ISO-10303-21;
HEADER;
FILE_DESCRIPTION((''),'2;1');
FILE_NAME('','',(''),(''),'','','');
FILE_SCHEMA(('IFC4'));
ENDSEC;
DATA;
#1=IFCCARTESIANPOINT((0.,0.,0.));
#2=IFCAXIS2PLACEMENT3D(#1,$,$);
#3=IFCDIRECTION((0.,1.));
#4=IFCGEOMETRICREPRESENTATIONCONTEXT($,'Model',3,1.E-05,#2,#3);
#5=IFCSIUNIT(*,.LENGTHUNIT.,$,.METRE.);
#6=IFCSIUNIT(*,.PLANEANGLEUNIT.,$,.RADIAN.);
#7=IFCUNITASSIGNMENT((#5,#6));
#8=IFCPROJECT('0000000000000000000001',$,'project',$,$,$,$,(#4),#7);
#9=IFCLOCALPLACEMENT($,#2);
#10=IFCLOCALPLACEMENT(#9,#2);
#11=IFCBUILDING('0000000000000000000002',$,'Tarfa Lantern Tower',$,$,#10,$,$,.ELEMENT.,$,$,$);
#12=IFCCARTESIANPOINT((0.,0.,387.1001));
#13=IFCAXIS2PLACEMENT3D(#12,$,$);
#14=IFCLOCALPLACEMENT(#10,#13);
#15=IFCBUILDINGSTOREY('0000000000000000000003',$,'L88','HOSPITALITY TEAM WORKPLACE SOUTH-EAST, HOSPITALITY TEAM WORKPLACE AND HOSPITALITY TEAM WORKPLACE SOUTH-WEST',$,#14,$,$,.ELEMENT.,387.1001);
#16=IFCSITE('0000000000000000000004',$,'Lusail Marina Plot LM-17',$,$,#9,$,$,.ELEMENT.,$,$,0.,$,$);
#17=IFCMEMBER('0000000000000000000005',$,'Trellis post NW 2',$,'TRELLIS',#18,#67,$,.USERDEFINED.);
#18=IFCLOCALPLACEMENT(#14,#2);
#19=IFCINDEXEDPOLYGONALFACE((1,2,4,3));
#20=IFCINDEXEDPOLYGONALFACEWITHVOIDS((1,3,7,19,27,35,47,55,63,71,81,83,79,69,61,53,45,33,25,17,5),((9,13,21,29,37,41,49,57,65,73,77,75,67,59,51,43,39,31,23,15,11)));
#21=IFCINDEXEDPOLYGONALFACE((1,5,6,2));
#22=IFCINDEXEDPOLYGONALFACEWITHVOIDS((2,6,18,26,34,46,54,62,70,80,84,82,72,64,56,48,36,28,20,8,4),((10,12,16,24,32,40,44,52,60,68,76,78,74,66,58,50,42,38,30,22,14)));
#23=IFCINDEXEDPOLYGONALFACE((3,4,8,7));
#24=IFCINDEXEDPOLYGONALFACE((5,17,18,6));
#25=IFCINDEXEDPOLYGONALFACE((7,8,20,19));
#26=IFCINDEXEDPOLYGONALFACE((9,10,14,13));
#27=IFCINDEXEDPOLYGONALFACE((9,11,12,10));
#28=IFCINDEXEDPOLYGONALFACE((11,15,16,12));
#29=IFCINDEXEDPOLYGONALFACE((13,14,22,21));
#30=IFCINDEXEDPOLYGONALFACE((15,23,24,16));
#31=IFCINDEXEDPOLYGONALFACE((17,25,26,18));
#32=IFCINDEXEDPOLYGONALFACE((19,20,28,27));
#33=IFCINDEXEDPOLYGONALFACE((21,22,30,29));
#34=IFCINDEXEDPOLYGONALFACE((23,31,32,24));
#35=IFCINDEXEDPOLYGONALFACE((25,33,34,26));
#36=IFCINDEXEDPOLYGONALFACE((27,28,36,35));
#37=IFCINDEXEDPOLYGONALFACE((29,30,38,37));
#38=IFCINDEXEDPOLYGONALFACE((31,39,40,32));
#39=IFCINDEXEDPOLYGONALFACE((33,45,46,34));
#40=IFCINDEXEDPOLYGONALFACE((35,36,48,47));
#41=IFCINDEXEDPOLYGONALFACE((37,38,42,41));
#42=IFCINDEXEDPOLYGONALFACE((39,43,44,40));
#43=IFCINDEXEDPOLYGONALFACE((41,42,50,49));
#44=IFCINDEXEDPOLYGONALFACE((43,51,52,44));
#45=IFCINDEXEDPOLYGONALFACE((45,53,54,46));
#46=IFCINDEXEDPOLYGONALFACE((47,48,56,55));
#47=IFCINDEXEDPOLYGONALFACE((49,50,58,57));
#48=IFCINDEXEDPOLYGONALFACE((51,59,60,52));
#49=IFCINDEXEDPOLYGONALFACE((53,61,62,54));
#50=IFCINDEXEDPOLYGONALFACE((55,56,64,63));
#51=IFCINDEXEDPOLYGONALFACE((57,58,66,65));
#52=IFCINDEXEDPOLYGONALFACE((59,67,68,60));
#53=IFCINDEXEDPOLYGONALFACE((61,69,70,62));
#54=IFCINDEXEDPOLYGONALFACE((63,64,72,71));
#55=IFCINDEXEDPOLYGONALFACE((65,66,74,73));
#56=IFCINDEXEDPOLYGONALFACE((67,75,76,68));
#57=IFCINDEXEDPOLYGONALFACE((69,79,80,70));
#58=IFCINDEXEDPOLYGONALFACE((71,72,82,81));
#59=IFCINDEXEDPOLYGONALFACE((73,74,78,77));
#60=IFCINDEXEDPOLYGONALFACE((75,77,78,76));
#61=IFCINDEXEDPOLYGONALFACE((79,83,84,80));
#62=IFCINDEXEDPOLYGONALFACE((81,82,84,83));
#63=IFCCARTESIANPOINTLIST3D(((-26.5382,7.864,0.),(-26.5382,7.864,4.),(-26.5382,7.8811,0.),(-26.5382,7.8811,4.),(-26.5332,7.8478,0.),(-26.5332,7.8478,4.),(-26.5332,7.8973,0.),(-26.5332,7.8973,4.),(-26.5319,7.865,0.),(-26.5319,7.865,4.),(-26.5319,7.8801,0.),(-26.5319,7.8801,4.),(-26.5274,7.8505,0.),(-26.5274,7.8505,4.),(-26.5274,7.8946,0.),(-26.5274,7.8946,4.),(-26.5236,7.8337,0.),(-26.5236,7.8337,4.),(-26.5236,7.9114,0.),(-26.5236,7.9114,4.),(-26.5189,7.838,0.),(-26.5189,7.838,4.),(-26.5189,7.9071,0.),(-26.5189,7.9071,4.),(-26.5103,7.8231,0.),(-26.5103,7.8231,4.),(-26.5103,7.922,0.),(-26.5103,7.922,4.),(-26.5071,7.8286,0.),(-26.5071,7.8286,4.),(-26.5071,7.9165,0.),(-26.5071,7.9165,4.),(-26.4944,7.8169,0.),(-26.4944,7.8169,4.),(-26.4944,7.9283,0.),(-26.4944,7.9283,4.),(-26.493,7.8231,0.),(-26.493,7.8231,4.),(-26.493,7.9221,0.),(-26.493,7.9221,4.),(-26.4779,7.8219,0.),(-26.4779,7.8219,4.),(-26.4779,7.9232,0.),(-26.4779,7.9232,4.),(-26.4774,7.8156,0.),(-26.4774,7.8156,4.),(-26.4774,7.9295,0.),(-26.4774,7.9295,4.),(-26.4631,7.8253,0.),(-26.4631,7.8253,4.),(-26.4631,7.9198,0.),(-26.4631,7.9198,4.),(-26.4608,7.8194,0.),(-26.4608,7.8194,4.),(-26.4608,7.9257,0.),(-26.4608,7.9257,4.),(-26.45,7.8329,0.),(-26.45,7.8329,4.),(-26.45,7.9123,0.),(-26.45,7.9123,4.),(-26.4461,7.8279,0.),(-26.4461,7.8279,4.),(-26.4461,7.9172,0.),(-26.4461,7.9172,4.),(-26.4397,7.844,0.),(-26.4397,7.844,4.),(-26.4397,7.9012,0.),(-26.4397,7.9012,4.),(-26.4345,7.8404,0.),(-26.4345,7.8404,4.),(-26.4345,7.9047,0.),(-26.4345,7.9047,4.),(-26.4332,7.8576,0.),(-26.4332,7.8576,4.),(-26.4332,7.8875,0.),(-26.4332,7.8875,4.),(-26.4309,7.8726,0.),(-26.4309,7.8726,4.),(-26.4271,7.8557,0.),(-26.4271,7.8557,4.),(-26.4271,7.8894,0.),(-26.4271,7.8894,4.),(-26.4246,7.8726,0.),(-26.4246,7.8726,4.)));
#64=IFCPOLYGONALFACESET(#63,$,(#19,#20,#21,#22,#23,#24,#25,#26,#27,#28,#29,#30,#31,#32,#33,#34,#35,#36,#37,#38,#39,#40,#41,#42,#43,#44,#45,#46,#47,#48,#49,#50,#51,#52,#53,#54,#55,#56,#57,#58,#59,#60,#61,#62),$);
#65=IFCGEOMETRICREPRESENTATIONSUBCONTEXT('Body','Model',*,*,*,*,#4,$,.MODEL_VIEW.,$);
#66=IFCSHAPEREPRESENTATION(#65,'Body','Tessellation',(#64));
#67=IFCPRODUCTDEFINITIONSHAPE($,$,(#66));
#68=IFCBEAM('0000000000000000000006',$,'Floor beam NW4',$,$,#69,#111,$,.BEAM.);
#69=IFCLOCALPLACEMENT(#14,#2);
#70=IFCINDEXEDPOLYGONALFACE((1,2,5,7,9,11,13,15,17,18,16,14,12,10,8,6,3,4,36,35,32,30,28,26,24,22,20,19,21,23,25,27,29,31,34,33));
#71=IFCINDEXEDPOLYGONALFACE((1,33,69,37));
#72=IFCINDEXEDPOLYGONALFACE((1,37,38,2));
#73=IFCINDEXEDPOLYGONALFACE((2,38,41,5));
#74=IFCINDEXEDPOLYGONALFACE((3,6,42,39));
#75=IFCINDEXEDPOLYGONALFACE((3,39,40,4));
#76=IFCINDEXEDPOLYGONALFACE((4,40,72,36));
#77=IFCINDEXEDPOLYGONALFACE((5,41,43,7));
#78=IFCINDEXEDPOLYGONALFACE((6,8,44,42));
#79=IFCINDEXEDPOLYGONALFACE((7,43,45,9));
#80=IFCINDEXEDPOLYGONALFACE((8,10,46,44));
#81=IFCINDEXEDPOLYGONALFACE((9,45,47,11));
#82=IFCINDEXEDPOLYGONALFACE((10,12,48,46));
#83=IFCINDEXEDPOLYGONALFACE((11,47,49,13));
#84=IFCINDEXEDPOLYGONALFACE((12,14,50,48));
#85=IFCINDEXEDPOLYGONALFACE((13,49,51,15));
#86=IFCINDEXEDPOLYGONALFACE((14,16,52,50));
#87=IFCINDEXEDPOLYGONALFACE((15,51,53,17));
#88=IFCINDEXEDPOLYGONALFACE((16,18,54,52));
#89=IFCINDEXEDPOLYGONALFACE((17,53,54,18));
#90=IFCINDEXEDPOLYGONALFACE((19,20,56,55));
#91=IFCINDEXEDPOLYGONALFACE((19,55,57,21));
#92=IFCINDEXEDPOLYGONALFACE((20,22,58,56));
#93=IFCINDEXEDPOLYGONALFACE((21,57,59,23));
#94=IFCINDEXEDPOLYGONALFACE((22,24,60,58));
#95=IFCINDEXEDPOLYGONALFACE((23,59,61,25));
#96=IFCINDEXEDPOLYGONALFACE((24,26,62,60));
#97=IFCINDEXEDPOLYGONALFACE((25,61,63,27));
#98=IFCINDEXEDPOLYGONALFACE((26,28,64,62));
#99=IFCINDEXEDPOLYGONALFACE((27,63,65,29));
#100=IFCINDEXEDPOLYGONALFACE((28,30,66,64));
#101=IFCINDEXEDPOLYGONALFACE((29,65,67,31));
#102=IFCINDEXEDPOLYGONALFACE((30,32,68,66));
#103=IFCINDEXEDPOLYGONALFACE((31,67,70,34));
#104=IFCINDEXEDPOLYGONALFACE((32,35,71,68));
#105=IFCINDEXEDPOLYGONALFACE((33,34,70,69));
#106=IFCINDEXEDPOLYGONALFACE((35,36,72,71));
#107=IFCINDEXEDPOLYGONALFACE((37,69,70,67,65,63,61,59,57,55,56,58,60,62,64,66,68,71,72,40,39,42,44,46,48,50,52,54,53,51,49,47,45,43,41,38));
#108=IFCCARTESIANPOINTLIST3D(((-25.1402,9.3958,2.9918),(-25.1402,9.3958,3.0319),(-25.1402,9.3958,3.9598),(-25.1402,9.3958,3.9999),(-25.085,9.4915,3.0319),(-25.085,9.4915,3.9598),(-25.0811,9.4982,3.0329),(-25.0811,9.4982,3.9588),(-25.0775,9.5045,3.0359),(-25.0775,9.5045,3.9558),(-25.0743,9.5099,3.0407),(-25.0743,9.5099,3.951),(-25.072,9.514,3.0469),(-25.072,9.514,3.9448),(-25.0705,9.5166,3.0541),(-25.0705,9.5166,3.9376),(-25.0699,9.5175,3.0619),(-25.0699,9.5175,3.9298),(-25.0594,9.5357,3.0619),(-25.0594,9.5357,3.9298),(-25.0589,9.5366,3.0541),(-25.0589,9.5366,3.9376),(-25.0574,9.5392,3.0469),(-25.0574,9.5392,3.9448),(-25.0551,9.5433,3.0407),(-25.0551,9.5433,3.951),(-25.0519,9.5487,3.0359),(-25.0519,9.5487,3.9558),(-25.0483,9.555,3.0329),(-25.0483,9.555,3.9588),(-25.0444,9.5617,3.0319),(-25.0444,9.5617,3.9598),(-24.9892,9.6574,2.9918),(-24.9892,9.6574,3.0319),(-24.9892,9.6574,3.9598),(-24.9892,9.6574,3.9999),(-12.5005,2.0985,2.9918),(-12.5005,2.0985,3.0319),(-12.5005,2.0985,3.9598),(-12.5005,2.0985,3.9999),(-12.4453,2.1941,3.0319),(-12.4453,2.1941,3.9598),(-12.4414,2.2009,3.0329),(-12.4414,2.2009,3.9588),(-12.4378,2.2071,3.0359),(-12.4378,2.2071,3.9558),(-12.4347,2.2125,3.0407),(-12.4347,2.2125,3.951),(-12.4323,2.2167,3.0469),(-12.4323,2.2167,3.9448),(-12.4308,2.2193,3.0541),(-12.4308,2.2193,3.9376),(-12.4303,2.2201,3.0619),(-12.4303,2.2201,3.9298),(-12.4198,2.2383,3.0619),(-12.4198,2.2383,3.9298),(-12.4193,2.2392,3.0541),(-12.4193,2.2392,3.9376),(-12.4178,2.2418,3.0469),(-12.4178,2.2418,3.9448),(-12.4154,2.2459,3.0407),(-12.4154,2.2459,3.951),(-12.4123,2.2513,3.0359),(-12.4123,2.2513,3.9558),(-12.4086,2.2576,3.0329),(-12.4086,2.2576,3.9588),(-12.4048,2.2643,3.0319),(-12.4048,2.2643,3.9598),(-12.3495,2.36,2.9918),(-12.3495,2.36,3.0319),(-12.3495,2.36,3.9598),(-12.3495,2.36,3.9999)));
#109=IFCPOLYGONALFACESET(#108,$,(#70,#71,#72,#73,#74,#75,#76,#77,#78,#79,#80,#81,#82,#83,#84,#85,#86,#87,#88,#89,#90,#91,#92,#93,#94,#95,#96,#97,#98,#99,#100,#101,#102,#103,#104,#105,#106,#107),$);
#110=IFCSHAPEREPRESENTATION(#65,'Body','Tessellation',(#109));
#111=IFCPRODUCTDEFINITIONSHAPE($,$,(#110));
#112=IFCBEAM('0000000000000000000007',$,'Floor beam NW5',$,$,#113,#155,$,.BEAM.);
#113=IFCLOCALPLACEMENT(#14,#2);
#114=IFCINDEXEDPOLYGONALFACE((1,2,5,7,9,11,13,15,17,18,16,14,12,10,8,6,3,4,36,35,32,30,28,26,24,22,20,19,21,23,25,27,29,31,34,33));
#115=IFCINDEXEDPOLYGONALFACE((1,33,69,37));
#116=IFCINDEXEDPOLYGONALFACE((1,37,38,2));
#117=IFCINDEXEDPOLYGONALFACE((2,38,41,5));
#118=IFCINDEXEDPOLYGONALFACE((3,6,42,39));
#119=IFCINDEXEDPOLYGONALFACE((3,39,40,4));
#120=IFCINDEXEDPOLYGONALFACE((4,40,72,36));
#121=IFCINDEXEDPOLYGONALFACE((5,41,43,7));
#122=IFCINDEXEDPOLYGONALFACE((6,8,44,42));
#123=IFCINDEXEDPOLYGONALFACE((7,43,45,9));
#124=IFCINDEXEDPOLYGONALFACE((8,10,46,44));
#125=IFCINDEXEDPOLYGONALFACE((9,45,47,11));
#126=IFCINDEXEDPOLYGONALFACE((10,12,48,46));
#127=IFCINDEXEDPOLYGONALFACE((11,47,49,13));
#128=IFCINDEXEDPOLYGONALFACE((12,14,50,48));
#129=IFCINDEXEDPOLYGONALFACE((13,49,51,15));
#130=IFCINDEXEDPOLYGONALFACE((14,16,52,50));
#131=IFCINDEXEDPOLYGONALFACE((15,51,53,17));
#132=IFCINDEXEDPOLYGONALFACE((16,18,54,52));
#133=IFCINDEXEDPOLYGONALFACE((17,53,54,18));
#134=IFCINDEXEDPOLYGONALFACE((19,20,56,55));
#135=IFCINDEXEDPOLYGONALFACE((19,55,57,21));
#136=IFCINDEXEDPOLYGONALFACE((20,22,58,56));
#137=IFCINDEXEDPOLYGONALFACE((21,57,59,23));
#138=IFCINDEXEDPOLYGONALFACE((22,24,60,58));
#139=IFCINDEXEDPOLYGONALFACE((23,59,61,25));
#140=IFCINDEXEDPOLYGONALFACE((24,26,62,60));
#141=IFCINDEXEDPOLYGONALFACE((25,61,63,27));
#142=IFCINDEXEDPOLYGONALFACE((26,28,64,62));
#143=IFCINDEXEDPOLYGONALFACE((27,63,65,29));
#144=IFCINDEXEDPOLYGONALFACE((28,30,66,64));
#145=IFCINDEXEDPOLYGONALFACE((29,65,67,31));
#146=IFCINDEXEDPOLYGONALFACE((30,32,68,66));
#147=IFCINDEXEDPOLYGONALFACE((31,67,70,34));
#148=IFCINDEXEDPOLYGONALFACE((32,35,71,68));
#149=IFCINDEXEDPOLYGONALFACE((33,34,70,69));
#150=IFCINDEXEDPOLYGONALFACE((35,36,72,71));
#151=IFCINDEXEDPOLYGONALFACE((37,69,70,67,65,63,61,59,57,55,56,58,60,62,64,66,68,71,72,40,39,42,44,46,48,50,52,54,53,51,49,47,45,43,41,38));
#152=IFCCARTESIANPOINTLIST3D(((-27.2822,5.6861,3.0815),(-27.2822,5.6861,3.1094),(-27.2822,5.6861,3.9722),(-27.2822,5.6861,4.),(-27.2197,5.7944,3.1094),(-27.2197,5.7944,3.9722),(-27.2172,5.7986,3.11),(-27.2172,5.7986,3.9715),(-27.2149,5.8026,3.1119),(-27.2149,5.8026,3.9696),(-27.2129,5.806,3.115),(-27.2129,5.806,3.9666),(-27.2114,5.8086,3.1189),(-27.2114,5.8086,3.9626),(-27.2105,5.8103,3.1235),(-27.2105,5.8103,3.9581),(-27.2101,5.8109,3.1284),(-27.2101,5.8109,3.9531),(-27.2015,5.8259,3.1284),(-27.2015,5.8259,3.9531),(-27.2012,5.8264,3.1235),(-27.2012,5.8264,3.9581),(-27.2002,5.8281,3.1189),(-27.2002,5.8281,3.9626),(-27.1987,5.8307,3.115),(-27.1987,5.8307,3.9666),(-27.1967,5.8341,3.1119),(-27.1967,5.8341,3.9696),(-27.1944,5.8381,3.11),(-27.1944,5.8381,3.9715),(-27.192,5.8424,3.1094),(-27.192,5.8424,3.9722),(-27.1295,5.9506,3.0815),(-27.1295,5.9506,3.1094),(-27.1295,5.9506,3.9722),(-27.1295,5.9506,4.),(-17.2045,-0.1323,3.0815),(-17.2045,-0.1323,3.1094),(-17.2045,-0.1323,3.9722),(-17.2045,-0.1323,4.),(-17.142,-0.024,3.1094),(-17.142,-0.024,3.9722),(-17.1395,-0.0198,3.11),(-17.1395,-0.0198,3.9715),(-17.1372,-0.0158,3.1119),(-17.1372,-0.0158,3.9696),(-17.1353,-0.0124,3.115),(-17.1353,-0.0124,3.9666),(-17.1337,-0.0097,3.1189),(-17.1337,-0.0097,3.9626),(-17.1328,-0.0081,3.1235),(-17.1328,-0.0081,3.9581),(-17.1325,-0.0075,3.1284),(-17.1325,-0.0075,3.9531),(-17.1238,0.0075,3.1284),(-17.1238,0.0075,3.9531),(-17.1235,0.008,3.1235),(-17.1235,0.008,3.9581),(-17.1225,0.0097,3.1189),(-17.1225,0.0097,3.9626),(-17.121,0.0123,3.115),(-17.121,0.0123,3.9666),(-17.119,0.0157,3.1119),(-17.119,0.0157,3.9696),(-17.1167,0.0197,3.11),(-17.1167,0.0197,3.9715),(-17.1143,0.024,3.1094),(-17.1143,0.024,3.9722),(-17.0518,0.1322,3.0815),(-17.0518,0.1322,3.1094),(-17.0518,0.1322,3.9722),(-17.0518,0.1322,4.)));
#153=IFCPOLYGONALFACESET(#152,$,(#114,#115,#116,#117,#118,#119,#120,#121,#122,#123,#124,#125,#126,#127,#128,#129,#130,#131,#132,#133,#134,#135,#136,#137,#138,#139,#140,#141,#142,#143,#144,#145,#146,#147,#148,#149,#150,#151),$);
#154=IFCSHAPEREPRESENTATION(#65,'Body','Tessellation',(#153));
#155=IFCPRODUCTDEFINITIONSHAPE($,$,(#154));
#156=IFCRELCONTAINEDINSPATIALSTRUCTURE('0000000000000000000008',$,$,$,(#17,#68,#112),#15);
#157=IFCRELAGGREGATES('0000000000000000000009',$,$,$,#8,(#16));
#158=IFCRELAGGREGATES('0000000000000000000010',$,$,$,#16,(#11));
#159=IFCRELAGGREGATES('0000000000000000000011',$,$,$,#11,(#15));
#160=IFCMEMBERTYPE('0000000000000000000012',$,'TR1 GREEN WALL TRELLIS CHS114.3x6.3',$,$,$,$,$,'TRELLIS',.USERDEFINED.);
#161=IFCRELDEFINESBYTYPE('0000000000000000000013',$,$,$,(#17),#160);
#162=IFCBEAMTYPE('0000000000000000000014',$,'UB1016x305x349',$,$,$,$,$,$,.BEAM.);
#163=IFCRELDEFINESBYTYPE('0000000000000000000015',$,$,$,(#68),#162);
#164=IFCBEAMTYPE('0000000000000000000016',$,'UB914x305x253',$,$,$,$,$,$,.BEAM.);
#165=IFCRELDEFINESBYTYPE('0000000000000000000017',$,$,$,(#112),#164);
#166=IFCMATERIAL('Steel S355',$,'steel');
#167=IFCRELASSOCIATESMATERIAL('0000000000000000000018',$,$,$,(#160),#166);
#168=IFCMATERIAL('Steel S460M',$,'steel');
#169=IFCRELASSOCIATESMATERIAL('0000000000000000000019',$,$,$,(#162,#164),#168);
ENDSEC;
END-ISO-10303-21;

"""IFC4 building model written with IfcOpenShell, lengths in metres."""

from ifc_helpers import new_model, si_unit, direction, frame, origin, origin_2d, place, context, subcontext, project, spatial, hollow_circle, i_section, extrude, material, material_profile, profile_set, type_object, element, save


model = new_model("IFC4")

# Units and contexts
model_context = context("Model", 3, precision=1e-05, world=origin(), true_north=direction((0.0, 1.0)))
body_context = subcontext(model_context, "Body", "Model", "MODEL_VIEW")
ifc_project = project(units=[si_unit("LENGTHUNIT", "METRE"), si_unit("PLANEANGLEUNIT", "RADIAN")], contexts=[model_context])

# Site, building, storey
site_placement = place(None, origin())
site = spatial("IfcSite", under=ifc_project, at=site_placement, Name="Lusail Marina Plot LM-17", CompositionType="ELEMENT", RefElevation=0.0)
building_placement = place(site_placement, origin())
building = spatial("IfcBuilding", under=site, at=building_placement, Name="Tarfa Lantern Tower", CompositionType="ELEMENT")
storey_placement = place(building_placement, frame((0.0, 0.0, 387.1001)))
storey = spatial("IfcBuildingStorey", under=building, at=storey_placement, Name="L88", Description="HOSPITALITY TEAM WORKPLACE SOUTH-EAST, HOSPITALITY TEAM WORKPLACE AND HOSPITALITY TEAM WORKPLACE SOUTH-WEST", CompositionType="ELEMENT", Elevation=387.1001)

# Member
ifc_material_1 = material(Name="Steel S355", Category="steel")
ifc_material_profile_1 = material_profile(ifc_material_1, hollow_circle(Radius=0.0571, WallThickness=0.0063, at=origin_2d()), Name="CHS114.3x6.3")
ifc_profile_set_1 = profile_set([ifc_material_profile_1], Name="Steel S355")
member_type_1 = type_object("IfcMemberType", Name="TR1 GREEN WALL TRELLIS CHS114.3x6.3", ElementType="TRELLIS", PredefinedType="USERDEFINED", material=ifc_profile_set_1)
member_1_placement = place(storey_placement, frame((-26.4817, 7.8726, 0.0), z_axis=(0.0, 0.0, 1.0), x_axis=(1.0, 0.0, 0.0)))
element("IfcMember", 1, at=member_1_placement, inside=storey, type_object=member_type_1, Name="Trellis post NW 2", ObjectType="TRELLIS", PredefinedType="USERDEFINED", context=body_context, shape_type="SweptSolid", body=[
    extrude(hollow_circle(Radius=0.0571, WallThickness=0.0063, at=origin_2d()), origin(), (0.0, 0.0, 1.0), 4.0),
])

# Beams
ifc_material_2 = material(Name="Steel S460M", Category="steel")
ifc_material_profile_2 = material_profile(ifc_material_2, i_section(OverallWidth=0.302, OverallDepth=1.0081, WebThickness=0.021, FlangeThickness=0.04, FilletRadius=0.03, at=origin_2d()), Name="UB1016x305x349")
ifc_profile_set_2 = profile_set([ifc_material_profile_2], Name="Steel S460M")
beam_type_1 = type_object("IfcBeamType", Name="UB1016x305x349", PredefinedType="BEAM", material=ifc_profile_set_2)
beam_1_placement = place(storey_placement, frame((-25.0647, 9.5266, 3.4958), z_axis=(0.86603, -0.499993, 0.0), x_axis=(0.499993, 0.86603, 0.0)))
element("IfcBeam", 2, at=beam_1_placement, inside=storey, type_object=beam_type_1, Name="Floor beam NW4", PredefinedType="BEAM", context=body_context, shape_type="SweptSolid", body=[
    extrude(i_section(OverallWidth=0.302, OverallDepth=1.0081, WebThickness=0.021, FlangeThickness=0.04, FilletRadius=0.03, at=origin_2d()), origin(), (0.0, 0.0, 1.0), 14.595),
])
ifc_material_profile_3 = material_profile(ifc_material_2, i_section(OverallWidth=0.3054, OverallDepth=0.9185, WebThickness=0.0173, FlangeThickness=0.0278, FilletRadius=0.019, at=origin_2d()), Name="UB914x305x253")
ifc_profile_set_3 = profile_set([ifc_material_profile_3], Name="Steel S460M")
beam_type_2 = type_object("IfcBeamType", Name="UB914x305x253", PredefinedType="BEAM", material=ifc_profile_set_3)
beam_2_placement = place(storey_placement, frame((-27.2058, 5.8184, 3.5408), z_axis=(0.866024, -0.500002, 0.0), x_axis=(0.500002, 0.866024, 0.0)))
element("IfcBeam", 3, at=beam_2_placement, inside=storey, type_object=beam_type_2, Name="Floor beam NW5", PredefinedType="BEAM", context=body_context, shape_type="SweptSolid", body=[
    extrude(i_section(OverallWidth=0.3054, OverallDepth=0.9185, WebThickness=0.0173, FlangeThickness=0.0278, FilletRadius=0.019, at=origin_2d()), origin(), (0.0, 0.0, 1.0), 11.6367),
])

save(model, "model.ifc")
